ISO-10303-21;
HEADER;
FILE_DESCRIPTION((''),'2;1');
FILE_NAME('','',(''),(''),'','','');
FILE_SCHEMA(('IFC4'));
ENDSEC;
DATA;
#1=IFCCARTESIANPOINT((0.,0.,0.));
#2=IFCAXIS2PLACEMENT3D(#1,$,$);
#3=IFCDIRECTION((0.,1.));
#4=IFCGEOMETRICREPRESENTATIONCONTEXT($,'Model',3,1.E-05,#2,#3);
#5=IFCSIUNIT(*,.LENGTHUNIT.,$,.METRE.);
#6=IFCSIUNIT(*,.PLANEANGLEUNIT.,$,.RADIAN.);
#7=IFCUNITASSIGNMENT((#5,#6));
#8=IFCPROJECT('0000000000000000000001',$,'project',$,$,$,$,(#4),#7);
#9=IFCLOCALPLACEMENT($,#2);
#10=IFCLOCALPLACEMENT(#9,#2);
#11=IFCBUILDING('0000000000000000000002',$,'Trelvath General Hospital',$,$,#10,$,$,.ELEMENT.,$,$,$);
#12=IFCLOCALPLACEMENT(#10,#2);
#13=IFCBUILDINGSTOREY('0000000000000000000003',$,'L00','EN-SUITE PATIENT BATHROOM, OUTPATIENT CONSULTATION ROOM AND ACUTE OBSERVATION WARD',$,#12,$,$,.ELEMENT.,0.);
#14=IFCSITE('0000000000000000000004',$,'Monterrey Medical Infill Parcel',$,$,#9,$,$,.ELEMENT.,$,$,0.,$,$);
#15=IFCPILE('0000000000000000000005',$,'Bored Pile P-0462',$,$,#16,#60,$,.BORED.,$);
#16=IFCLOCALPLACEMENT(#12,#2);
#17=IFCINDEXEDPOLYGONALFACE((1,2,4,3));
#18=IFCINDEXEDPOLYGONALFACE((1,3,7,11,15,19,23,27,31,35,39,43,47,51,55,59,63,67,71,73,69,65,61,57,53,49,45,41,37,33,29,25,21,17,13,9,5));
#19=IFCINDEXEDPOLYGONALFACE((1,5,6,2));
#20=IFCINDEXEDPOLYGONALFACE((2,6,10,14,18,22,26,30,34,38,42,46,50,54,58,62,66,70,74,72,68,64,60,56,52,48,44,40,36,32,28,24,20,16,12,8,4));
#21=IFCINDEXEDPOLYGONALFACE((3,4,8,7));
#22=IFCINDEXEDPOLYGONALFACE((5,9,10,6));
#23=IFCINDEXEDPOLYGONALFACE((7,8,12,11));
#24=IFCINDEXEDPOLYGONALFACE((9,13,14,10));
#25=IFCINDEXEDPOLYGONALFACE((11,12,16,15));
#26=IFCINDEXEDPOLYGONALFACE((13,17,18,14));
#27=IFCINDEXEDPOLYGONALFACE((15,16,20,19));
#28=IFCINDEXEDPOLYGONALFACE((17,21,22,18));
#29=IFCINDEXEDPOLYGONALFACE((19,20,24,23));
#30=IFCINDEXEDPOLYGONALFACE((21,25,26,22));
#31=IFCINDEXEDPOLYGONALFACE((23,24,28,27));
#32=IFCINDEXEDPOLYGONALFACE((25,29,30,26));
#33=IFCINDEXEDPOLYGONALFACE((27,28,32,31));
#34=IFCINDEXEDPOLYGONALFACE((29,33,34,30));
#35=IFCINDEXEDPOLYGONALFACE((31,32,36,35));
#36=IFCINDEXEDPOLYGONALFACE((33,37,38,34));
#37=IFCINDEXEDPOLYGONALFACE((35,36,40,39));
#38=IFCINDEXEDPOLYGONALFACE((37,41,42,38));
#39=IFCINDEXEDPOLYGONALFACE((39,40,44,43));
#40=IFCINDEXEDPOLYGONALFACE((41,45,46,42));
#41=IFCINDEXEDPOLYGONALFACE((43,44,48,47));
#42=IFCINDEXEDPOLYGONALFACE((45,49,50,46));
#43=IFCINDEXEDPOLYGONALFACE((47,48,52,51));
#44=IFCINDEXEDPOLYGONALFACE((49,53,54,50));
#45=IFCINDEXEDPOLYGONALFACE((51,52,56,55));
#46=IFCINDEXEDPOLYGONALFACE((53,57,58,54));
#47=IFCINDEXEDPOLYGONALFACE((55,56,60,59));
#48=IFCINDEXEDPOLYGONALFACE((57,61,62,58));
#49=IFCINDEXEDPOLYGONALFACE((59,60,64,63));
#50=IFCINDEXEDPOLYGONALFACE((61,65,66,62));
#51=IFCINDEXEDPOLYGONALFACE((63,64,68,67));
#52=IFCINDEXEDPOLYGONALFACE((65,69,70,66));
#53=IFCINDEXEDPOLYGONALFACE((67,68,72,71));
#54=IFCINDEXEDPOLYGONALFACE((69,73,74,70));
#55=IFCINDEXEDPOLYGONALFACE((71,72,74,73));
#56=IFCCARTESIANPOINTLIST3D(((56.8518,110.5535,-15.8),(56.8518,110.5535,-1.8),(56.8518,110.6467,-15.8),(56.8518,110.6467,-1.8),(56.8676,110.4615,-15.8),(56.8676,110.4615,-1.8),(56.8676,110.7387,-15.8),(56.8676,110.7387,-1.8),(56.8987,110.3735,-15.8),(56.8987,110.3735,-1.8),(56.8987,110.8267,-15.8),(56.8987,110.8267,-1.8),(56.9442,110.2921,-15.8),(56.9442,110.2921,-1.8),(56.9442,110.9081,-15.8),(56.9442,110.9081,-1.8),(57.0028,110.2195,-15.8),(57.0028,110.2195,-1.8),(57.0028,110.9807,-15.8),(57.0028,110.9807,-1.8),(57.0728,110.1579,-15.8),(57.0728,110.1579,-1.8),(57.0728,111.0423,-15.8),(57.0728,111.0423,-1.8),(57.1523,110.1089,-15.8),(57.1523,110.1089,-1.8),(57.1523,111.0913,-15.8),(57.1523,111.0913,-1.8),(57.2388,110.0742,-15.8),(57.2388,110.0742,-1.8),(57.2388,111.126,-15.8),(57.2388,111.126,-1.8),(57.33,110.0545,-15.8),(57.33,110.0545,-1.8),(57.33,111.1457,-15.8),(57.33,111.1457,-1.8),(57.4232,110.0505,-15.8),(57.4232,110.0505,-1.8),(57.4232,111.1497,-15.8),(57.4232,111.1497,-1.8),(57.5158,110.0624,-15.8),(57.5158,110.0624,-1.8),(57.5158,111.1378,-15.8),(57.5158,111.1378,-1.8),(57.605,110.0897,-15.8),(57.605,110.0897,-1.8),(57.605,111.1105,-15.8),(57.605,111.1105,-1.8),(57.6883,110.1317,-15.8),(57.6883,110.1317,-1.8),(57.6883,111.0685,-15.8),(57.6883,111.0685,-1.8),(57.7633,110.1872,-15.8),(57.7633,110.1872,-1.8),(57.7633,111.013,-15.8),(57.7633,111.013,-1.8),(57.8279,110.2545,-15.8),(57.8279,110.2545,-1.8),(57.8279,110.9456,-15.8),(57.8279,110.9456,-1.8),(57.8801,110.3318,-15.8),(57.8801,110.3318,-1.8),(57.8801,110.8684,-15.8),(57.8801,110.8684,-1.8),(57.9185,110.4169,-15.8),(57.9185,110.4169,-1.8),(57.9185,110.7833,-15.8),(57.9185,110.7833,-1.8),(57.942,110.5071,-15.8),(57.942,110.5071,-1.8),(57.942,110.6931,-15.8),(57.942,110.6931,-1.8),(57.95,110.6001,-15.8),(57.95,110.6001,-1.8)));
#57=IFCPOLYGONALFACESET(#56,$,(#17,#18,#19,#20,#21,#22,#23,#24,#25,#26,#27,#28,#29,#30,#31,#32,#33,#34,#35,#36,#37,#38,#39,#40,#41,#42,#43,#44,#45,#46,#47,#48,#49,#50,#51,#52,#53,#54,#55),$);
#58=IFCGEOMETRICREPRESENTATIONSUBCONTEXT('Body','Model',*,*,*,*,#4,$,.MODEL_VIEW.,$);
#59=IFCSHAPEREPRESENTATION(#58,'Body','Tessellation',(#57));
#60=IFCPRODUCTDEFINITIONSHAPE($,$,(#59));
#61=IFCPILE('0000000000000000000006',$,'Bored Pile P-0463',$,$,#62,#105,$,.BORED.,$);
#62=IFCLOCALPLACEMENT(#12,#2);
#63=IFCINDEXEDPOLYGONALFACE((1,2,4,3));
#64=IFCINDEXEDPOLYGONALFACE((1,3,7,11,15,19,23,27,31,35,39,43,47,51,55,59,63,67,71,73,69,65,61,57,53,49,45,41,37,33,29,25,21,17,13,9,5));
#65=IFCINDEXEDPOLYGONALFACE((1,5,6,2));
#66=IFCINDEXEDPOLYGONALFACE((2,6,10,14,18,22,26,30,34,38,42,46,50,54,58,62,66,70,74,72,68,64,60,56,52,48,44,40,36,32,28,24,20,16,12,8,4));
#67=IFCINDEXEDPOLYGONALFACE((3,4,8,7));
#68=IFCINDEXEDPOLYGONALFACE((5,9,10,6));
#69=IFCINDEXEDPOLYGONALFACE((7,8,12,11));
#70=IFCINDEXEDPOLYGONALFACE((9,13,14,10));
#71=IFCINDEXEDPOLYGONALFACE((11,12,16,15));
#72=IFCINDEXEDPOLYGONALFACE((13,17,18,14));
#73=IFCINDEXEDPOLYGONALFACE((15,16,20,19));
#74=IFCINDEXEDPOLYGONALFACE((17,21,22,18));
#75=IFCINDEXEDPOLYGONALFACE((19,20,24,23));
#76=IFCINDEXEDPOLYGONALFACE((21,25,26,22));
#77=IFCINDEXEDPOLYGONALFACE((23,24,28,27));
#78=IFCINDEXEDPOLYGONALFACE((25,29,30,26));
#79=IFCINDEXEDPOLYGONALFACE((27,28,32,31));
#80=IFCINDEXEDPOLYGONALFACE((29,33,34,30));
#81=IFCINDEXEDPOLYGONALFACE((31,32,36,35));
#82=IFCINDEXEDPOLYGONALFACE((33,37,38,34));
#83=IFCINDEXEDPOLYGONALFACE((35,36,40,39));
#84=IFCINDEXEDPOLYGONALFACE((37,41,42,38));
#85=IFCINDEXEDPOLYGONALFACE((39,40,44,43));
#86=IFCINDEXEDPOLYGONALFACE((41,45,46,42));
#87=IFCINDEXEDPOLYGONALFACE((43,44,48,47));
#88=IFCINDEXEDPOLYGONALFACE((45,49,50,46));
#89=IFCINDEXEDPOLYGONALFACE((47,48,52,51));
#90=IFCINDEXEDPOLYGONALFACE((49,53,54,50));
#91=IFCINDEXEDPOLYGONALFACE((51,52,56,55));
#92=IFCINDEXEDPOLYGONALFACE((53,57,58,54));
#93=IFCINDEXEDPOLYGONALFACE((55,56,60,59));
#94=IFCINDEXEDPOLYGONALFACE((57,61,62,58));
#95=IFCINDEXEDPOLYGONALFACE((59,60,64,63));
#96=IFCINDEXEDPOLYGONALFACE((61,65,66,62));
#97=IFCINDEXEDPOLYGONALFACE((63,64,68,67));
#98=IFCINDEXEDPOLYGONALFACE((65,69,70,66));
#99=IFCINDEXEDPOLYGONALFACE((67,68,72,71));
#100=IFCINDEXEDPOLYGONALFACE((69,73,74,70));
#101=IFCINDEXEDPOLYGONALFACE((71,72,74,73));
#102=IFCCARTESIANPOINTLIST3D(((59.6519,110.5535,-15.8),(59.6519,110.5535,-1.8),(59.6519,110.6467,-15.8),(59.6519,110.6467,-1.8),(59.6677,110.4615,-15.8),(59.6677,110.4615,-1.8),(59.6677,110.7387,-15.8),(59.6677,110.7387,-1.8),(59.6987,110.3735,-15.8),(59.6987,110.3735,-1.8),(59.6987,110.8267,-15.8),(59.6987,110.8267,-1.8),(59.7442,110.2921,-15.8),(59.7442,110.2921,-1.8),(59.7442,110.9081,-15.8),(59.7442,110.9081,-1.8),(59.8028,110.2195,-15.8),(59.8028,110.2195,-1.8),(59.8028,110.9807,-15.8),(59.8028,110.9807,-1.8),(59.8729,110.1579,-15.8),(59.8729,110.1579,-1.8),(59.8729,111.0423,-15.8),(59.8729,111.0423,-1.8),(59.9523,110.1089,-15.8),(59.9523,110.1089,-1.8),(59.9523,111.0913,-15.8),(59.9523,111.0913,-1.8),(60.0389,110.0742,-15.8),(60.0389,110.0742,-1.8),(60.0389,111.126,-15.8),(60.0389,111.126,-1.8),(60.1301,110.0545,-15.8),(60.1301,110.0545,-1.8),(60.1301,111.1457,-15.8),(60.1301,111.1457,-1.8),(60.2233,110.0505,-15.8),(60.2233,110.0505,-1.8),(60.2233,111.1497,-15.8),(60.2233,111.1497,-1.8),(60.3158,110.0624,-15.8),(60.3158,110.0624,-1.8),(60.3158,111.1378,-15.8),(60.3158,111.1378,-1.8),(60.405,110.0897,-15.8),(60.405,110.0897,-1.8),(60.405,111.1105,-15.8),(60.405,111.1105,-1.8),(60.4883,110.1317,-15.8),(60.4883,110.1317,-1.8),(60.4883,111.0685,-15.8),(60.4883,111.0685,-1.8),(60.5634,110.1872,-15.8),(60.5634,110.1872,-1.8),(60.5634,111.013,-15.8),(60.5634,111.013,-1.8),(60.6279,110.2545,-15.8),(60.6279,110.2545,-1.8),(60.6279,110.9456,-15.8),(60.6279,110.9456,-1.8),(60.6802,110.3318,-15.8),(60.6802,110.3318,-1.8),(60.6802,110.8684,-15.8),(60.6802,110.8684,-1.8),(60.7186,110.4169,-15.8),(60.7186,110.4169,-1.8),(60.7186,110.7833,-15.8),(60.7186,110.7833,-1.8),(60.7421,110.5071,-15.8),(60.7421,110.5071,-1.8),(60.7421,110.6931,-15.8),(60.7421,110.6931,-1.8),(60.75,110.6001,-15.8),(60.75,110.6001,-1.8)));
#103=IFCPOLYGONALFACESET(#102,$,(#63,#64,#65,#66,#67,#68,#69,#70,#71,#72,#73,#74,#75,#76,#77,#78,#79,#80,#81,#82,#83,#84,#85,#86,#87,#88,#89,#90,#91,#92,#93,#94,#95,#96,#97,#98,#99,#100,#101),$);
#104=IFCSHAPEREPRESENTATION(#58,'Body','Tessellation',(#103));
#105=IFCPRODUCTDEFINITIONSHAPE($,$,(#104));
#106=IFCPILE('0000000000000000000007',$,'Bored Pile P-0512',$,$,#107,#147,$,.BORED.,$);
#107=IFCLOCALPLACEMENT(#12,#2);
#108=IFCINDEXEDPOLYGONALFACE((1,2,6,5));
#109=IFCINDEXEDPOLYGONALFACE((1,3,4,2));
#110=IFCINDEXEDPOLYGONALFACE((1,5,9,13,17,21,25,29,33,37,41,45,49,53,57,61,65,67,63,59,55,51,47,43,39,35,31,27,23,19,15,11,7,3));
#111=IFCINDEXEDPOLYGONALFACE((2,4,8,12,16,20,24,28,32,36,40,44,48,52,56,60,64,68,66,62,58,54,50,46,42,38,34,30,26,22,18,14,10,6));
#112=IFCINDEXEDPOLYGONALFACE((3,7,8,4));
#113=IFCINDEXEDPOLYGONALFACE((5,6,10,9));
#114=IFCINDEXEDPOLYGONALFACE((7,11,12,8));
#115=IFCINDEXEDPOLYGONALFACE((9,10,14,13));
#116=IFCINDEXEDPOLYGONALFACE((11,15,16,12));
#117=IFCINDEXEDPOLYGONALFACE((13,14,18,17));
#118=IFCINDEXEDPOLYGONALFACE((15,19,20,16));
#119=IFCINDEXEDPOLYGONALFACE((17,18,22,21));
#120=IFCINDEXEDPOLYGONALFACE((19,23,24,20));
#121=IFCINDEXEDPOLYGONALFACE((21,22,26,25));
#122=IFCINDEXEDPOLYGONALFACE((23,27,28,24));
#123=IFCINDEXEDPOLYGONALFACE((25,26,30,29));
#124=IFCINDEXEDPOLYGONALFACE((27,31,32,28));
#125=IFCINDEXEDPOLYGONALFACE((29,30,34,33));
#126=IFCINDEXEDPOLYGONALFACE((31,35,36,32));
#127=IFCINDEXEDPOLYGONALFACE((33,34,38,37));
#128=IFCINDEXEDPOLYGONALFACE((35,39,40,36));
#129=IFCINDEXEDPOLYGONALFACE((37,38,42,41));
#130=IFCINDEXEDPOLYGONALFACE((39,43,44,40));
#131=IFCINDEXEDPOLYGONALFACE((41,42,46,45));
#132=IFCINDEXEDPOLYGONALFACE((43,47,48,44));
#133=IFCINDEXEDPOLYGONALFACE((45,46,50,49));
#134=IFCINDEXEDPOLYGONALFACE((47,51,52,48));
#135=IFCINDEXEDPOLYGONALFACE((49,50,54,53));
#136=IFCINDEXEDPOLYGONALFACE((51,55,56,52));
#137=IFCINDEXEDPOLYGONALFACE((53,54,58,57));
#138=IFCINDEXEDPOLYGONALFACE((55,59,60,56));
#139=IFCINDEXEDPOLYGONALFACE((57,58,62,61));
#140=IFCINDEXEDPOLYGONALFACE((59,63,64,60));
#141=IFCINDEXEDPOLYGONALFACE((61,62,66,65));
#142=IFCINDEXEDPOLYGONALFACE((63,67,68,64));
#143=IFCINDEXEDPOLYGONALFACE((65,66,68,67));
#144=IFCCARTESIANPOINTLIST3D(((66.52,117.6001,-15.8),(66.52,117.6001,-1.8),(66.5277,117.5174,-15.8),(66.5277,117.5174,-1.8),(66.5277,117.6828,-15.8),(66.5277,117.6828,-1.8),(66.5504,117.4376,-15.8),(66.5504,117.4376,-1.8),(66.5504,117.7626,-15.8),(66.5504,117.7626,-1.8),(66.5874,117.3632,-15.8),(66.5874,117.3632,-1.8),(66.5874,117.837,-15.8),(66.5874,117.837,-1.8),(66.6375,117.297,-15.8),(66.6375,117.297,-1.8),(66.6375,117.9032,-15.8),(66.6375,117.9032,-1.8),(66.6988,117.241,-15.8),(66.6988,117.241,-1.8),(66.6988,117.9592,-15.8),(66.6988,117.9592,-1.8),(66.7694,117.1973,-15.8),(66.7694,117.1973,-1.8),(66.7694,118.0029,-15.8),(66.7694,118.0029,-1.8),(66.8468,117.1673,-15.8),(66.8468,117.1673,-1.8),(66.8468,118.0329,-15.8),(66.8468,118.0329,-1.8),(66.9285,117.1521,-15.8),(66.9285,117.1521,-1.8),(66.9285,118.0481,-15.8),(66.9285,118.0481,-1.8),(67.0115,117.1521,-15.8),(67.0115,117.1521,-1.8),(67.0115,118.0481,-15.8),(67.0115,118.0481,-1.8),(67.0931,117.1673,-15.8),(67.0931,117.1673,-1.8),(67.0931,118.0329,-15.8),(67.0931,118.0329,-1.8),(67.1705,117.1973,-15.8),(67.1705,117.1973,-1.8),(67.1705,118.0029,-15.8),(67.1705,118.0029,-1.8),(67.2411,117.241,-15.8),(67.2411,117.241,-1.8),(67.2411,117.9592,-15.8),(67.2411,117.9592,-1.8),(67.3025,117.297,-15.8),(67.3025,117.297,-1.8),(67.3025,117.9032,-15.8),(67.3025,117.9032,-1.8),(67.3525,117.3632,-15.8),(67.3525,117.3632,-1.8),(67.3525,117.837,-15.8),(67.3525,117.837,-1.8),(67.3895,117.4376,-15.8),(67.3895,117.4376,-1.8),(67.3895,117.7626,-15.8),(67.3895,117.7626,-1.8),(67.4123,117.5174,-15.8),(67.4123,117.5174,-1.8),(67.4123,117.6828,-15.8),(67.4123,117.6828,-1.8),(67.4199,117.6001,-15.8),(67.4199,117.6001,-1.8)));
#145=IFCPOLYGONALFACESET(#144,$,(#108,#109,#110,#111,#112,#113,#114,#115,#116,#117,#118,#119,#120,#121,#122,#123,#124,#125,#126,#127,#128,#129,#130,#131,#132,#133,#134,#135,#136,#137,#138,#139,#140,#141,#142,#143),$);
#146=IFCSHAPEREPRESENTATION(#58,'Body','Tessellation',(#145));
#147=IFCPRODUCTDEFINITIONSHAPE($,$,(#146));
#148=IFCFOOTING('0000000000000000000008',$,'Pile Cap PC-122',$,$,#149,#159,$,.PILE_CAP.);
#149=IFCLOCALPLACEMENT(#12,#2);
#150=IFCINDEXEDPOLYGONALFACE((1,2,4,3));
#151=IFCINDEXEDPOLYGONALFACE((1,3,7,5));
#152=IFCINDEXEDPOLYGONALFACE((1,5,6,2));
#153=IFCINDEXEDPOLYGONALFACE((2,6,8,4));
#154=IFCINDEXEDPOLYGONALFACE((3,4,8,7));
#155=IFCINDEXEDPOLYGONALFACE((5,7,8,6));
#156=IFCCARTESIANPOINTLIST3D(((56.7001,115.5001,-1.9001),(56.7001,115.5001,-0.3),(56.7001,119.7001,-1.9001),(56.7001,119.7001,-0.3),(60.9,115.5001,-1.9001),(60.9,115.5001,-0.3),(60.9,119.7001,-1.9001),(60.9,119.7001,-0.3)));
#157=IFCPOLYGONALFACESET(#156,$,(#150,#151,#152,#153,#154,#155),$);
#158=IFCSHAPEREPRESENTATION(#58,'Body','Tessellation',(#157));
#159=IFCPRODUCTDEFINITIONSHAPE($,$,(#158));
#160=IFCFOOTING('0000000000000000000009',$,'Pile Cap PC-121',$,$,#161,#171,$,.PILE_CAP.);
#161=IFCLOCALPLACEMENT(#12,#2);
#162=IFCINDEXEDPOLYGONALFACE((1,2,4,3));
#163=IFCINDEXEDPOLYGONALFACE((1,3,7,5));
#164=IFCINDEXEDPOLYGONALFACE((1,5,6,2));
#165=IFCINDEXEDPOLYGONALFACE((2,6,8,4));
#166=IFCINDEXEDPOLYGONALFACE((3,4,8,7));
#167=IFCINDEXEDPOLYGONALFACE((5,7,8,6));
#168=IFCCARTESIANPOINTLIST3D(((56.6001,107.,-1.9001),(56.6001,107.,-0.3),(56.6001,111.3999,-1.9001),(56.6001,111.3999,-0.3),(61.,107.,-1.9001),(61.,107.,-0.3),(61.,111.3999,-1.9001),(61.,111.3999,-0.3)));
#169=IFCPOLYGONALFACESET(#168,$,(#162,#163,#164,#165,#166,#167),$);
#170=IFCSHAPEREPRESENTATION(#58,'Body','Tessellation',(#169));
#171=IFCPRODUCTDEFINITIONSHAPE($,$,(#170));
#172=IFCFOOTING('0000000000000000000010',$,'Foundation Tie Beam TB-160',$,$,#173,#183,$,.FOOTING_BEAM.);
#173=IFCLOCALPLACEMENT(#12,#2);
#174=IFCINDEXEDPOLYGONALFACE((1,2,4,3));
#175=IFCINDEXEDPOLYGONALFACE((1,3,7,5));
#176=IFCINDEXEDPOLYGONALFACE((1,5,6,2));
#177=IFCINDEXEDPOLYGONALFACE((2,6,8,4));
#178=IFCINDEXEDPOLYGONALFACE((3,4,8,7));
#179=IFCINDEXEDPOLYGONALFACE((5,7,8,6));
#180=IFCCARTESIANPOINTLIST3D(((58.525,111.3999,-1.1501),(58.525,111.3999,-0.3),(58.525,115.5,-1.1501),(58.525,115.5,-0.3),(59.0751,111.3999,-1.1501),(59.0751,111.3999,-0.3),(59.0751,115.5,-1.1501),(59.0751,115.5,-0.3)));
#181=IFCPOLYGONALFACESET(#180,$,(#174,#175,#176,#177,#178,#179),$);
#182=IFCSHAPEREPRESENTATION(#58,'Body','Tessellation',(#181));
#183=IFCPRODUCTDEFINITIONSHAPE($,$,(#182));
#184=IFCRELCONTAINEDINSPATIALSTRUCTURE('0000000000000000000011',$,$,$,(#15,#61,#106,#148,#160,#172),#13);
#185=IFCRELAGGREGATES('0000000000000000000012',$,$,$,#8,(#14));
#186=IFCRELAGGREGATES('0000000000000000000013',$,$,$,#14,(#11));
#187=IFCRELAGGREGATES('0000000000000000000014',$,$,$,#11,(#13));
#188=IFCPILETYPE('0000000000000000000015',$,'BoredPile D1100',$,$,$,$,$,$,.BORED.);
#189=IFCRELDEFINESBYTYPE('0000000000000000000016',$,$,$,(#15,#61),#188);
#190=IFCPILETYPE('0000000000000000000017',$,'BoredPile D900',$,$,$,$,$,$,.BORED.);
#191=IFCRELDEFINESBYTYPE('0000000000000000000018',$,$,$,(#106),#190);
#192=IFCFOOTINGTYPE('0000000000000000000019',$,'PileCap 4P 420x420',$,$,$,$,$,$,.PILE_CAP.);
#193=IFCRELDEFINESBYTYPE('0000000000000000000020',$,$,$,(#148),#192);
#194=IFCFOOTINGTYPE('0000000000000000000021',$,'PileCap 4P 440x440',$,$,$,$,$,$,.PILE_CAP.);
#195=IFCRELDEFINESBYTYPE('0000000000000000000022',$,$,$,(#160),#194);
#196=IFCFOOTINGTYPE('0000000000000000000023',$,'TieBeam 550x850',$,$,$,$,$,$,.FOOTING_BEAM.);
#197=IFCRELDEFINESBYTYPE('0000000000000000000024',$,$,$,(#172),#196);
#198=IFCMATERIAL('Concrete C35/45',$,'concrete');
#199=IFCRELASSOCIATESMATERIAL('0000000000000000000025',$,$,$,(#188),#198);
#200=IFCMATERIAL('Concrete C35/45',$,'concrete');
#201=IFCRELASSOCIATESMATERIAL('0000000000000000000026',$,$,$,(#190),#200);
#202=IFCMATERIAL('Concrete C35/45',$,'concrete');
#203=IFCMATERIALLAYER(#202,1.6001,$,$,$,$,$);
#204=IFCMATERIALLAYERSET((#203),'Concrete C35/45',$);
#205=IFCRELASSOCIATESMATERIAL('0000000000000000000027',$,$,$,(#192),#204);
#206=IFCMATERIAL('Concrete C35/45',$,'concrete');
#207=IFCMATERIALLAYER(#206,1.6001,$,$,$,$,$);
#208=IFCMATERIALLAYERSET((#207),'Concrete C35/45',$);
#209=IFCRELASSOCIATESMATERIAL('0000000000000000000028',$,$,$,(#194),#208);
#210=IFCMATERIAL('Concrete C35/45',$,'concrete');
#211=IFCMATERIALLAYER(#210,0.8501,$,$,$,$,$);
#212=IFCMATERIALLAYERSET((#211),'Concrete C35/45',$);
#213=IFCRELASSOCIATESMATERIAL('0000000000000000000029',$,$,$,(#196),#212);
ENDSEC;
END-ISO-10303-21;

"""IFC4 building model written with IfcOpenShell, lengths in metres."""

from ifc_helpers import new_model, si_unit, direction, frame, origin, origin_2d, place, context, subcontext, project, spatial, rectangle, circle, extrude, material, layer, layer_set, material_profile, profile_set, type_object, element, save


model = new_model("IFC4")

# Units and contexts
model_context = context("Model", 3, precision=1e-05, world=origin(), true_north=direction((0.0, 1.0)))
body_context = subcontext(model_context, "Body", "Model", "MODEL_VIEW")
ifc_project = project(units=[si_unit("LENGTHUNIT", "METRE"), si_unit("PLANEANGLEUNIT", "RADIAN")], contexts=[model_context])

# Site, building, storey
site_placement = place(None, origin())
site = spatial("IfcSite", under=ifc_project, at=site_placement, Name="Monterrey Medical Infill Parcel", CompositionType="ELEMENT", RefElevation=0.0)
building_placement = place(site_placement, origin())
building = spatial("IfcBuilding", under=site, at=building_placement, Name="Trelvath General Hospital", CompositionType="ELEMENT")
storey_placement = place(building_placement, origin())
storey = spatial("IfcBuildingStorey", under=building, at=storey_placement, Name="L00", Description="EN-SUITE PATIENT BATHROOM, OUTPATIENT CONSULTATION ROOM AND ACUTE OBSERVATION WARD", CompositionType="ELEMENT", Elevation=0.0)

# Piles
ifc_material_1 = material(Name="Concrete C35/45", Category="concrete")
ifc_material_profile_1 = material_profile(ifc_material_1, circle(Radius=0.55, at=origin_2d()), Name="PILE1100")
ifc_profile_set_1 = profile_set([ifc_material_profile_1], Name="Concrete C35/45")
pile_type_1 = type_object("IfcPileType", Name="BoredPile D1100", PredefinedType="BORED", material=ifc_profile_set_1)
for number, where, z_axis, x_axis, name in (
    (1, (57.3999, 110.6001, -1.8), (0.0, 0.0, -1.0), (1.0, 0.0, 0.0), "Bored Pile P-0462"),
    (2, (60.2, 110.6001, -1.8), (0.0, 0.0, -1.0), (1.0, 0.0, 0.0), "Bored Pile P-0463"),
):
    element("IfcPile", number, at=place(storey_placement, frame(where, z_axis=z_axis, x_axis=x_axis)), inside=storey, type_object=pile_type_1, Name=name, PredefinedType="BORED", context=body_context, shape_type="SweptSolid", body=[
        extrude(circle(Radius=0.55, at=origin_2d()), origin(), (0.0, 0.0, 1.0), 14.0),
    ])
ifc_material_2 = material(Name="Concrete C35/45", Category="concrete")
ifc_material_profile_2 = material_profile(ifc_material_2, circle(Radius=0.45, at=origin_2d()), Name="PILE900")
ifc_profile_set_2 = profile_set([ifc_material_profile_2], Name="Concrete C35/45")
pile_type_2 = type_object("IfcPileType", Name="BoredPile D900", PredefinedType="BORED", material=ifc_profile_set_2)
pile_placement = place(storey_placement, frame((66.97, 117.6001, -1.8), z_axis=(0.0, 0.0, -1.0), x_axis=(1.0, 0.0, 0.0)))
element("IfcPile", 3, at=pile_placement, inside=storey, type_object=pile_type_2, Name="Bored Pile P-0512", PredefinedType="BORED", context=body_context, shape_type="SweptSolid", body=[
    extrude(circle(Radius=0.45, at=origin_2d()), origin(), (0.0, 0.0, 1.0), 14.0),
])

# Footings
ifc_material_3 = material(Name="Concrete C35/45", Category="concrete")
ifc_layer_1 = layer(ifc_material_3, 1.6001)
ifc_layer_set_1 = layer_set([ifc_layer_1], Name="Concrete C35/45")
footing_type_1 = type_object("IfcFootingType", Name="PileCap 4P 420x420", PredefinedType="PILE_CAP", material=ifc_layer_set_1)
footing_1_placement = place(storey_placement, frame((58.8, 117.6001, -1.9001), z_axis=(0.0, 0.0, 1.0), x_axis=(1.0, 0.0, 0.0)))
element("IfcFooting", 4, at=footing_1_placement, inside=storey, type_object=footing_type_1, Name="Pile Cap PC-122", PredefinedType="PILE_CAP", context=body_context, shape_type="SweptSolid", body=[
    extrude(rectangle(XDim=4.2, YDim=4.2, at=origin_2d()), origin(), (0.0, 0.0, 1.0), 1.6001),
])
ifc_material_4 = material(Name="Concrete C35/45", Category="concrete")
ifc_layer_2 = layer(ifc_material_4, 1.6001)
ifc_layer_set_2 = layer_set([ifc_layer_2], Name="Concrete C35/45")
footing_type_2 = type_object("IfcFootingType", Name="PileCap 4P 440x440", PredefinedType="PILE_CAP", material=ifc_layer_set_2)
footing_2_placement = place(storey_placement, frame((58.8, 109.2, -1.9001), z_axis=(0.0, 0.0, 1.0), x_axis=(1.0, 0.0, 0.0)))
element("IfcFooting", 5, at=footing_2_placement, inside=storey, type_object=footing_type_2, Name="Pile Cap PC-121", PredefinedType="PILE_CAP", context=body_context, shape_type="SweptSolid", body=[
    extrude(rectangle(XDim=4.3999, YDim=4.3999, at=origin_2d()), origin(), (0.0, 0.0, 1.0), 1.6001),
])
ifc_material_5 = material(Name="Concrete C35/45", Category="concrete")
ifc_layer_3 = layer(ifc_material_5, 0.8501)
ifc_layer_set_3 = layer_set([ifc_layer_3], Name="Concrete C35/45")
footing_type_3 = type_object("IfcFootingType", Name="TieBeam 550x850", PredefinedType="FOOTING_BEAM", material=ifc_layer_set_3)
footing_3_placement = place(storey_placement, frame((58.8, 113.45, -1.1501), z_axis=(0.0, 0.0, 1.0), x_axis=(1.0, 0.0, 0.0)))
element("IfcFooting", 6, at=footing_3_placement, inside=storey, type_object=footing_type_3, Name="Foundation Tie Beam TB-160", PredefinedType="FOOTING_BEAM", context=body_context, shape_type="SweptSolid", body=[
    extrude(rectangle(XDim=0.55, YDim=4.1001, at=origin_2d()), origin(), (0.0, 0.0, 1.0), 0.8501),
])

save(model, "model.ifc")
